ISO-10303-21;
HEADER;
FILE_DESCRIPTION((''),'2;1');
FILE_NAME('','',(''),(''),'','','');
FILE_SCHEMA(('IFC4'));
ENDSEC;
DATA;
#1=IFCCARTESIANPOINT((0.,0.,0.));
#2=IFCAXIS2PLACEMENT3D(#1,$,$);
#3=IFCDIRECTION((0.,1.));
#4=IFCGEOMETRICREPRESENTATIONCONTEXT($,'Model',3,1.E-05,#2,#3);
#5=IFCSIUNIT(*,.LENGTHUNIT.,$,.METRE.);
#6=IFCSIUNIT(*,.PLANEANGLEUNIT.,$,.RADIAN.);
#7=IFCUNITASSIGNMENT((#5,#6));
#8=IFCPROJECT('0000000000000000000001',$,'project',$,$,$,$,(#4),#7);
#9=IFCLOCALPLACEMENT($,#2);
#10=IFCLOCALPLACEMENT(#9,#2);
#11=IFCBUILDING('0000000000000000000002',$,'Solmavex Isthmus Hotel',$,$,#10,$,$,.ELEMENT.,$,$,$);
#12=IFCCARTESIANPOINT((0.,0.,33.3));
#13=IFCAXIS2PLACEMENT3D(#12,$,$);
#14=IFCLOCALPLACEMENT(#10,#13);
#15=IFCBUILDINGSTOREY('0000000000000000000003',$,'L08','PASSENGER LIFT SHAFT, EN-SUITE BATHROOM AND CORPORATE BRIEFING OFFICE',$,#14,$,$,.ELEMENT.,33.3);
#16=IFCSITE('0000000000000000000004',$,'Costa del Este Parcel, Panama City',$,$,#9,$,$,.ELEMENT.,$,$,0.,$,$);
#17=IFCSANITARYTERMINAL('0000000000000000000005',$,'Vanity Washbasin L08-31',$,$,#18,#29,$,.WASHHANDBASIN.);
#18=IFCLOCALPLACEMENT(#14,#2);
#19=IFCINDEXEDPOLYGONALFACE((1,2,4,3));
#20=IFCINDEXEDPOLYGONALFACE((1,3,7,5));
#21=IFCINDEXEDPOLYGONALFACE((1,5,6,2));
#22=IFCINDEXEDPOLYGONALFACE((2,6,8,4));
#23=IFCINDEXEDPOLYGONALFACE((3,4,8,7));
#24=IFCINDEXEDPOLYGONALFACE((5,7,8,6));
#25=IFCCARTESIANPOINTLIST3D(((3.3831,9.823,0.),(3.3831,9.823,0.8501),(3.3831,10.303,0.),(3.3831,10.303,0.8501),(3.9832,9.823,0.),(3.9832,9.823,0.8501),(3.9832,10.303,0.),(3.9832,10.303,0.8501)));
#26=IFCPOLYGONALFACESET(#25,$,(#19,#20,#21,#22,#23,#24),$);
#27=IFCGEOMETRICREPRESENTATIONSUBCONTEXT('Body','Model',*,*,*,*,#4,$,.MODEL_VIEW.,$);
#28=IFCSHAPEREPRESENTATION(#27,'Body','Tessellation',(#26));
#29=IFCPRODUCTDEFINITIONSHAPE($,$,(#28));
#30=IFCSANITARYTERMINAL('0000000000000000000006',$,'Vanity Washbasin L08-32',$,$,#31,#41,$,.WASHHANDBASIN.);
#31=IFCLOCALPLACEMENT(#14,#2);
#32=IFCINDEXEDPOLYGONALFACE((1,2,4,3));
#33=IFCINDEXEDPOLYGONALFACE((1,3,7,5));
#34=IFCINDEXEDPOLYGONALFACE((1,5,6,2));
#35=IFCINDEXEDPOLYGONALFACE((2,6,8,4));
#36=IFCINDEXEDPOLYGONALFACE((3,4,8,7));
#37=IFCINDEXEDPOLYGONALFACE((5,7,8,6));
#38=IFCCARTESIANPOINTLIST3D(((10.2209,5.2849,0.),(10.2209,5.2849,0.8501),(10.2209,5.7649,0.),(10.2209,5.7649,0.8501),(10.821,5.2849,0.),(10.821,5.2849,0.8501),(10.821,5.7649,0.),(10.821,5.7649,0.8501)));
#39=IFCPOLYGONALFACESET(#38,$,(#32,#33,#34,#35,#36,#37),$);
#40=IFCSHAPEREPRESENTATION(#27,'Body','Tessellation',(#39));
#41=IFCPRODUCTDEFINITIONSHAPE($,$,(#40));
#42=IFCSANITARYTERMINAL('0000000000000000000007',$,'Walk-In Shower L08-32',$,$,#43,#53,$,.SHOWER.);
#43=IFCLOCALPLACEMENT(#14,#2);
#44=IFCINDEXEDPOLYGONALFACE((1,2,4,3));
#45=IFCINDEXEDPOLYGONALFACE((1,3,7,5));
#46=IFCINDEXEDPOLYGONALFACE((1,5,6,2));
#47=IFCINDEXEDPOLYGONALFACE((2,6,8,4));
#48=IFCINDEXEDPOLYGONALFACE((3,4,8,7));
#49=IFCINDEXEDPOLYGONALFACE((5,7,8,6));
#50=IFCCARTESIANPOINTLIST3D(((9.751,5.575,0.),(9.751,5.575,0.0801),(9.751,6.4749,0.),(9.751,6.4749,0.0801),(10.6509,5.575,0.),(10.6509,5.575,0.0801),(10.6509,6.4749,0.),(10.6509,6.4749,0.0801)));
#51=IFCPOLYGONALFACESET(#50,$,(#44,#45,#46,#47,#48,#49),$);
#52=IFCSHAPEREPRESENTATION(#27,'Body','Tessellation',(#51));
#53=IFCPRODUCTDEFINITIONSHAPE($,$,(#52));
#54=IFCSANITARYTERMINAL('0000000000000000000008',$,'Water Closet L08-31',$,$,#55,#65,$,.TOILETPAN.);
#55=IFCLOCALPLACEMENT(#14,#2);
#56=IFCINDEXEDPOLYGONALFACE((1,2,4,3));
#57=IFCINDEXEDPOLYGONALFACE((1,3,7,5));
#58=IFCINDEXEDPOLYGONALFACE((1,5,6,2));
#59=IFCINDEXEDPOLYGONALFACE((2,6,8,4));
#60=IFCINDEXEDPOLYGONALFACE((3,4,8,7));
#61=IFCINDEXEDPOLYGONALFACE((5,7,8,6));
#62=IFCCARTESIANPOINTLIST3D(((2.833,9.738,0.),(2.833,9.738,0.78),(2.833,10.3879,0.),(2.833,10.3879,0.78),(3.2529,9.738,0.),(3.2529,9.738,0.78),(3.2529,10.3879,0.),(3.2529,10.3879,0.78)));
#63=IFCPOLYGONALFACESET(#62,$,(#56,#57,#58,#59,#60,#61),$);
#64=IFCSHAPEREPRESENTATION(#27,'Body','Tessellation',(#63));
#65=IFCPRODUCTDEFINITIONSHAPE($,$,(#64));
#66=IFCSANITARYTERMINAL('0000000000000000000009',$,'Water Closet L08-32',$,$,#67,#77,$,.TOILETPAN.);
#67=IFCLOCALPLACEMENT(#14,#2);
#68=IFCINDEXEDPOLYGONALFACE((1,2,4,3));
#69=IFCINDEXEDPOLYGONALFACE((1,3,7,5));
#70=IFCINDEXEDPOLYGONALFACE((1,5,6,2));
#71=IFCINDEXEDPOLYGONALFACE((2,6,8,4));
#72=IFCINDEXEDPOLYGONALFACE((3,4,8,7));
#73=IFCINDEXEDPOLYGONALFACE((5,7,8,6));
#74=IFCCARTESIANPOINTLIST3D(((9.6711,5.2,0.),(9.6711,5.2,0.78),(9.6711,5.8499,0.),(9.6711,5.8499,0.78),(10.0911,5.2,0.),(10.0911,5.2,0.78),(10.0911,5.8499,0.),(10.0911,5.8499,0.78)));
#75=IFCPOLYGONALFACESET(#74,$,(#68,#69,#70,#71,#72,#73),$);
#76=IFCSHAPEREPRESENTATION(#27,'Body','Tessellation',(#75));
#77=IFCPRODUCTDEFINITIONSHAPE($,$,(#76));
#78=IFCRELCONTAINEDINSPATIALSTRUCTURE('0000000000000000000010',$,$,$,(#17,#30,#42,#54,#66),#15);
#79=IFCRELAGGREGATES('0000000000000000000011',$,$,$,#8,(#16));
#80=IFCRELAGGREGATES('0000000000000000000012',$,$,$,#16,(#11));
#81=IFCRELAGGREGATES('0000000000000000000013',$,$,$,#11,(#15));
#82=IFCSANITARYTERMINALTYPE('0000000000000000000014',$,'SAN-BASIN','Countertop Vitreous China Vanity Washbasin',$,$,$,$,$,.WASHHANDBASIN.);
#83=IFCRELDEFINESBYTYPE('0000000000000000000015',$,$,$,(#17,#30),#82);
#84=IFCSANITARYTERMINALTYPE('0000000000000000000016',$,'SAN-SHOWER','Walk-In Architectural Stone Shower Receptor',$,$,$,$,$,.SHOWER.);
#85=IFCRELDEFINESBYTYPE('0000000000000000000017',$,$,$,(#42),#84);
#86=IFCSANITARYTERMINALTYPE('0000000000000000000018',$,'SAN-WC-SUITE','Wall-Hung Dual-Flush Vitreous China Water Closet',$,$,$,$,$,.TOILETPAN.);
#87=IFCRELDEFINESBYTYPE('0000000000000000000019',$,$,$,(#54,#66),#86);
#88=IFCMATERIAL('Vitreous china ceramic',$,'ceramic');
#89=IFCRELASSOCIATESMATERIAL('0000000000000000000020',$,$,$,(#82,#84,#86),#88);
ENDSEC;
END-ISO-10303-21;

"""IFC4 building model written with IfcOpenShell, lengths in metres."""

from ifc_helpers import new_model, si_unit, direction, frame, origin, origin_2d, place, context, subcontext, project, spatial, rectangle, extrude, material, type_object, element, save


model = new_model("IFC4")

# Units and contexts
model_context = context("Model", 3, precision=1e-05, world=origin(), true_north=direction((0.0, 1.0)))
body_context = subcontext(model_context, "Body", "Model", "MODEL_VIEW")
ifc_project = project(units=[si_unit("LENGTHUNIT", "METRE"), si_unit("PLANEANGLEUNIT", "RADIAN")], contexts=[model_context])

# Site, building, storey
site_placement = place(None, origin())
site = spatial("IfcSite", under=ifc_project, at=site_placement, Name="Costa del Este Parcel, Panama City", CompositionType="ELEMENT", RefElevation=0.0)
building_placement = place(site_placement, origin())
building = spatial("IfcBuilding", under=site, at=building_placement, Name="Solmavex Isthmus Hotel", CompositionType="ELEMENT")
storey_placement = place(building_placement, frame((0.0, 0.0, 33.3)))
storey = spatial("IfcBuildingStorey", under=building, at=storey_placement, Name="L08", Description="PASSENGER LIFT SHAFT, EN-SUITE BATHROOM AND CORPORATE BRIEFING OFFICE", CompositionType="ELEMENT", Elevation=33.3)

# Sanitary terminals
ifc_material_1 = material(Name="Vitreous china ceramic", Category="ceramic")
sanitary_terminal_type_1 = type_object("IfcSanitaryTerminalType", Name="SAN-BASIN", Description="Countertop Vitreous China Vanity Washbasin", PredefinedType="WASHHANDBASIN", material=ifc_material_1)
for number, where, z_axis, x_axis, name in (
    (1, (3.6831, 10.063, 0.0), (0.0, 0.0, 1.0), (1.0, 0.0, 0.0), "Vanity Washbasin L08-31"),
    (2, (10.521, 5.5249, 0.0), (0.0, 0.0, 1.0), (1.0, 0.0, 0.0), "Vanity Washbasin L08-32"),
):
    element("IfcSanitaryTerminal", number, at=place(storey_placement, frame(where, z_axis=z_axis, x_axis=x_axis)), inside=storey, type_object=sanitary_terminal_type_1, Name=name, PredefinedType="WASHHANDBASIN", context=body_context, shape_type="SweptSolid", body=[
        extrude(rectangle(XDim=0.6001, YDim=0.48, at=origin_2d()), origin(), (0.0, 0.0, 1.0), 0.8501),
    ])
sanitary_terminal_type_2 = type_object("IfcSanitaryTerminalType", Name="SAN-SHOWER", Description="Walk-In Architectural Stone Shower Receptor", PredefinedType="SHOWER", material=ifc_material_1)
sanitary_terminal_placement = place(storey_placement, frame((10.2009, 6.0249, 0.0), z_axis=(0.0, 0.0, 1.0), x_axis=(1.0, 0.0, 0.0)))
element("IfcSanitaryTerminal", 3, at=sanitary_terminal_placement, inside=storey, type_object=sanitary_terminal_type_2, Name="Walk-In Shower L08-32", PredefinedType="SHOWER", context=body_context, shape_type="SweptSolid", body=[
    extrude(rectangle(XDim=0.8999, YDim=0.8999, at=origin_2d()), origin(), (0.0, 0.0, 1.0), 0.0801),
])
sanitary_terminal_type_3 = type_object("IfcSanitaryTerminalType", Name="SAN-WC-SUITE", Description="Wall-Hung Dual-Flush Vitreous China Water Closet", PredefinedType="TOILETPAN", material=ifc_material_1)
for number, where, z_axis, x_axis, name in (
    (4, (3.043, 10.063, 0.0), (0.0, 0.0, 1.0), (1.0, 0.0, 0.0), "Water Closet L08-31"),
    (5, (9.8811, 5.5249, 0.0), (0.0, 0.0, 1.0), (1.0, 0.0, 0.0), "Water Closet L08-32"),
):
    element("IfcSanitaryTerminal", number, at=place(storey_placement, frame(where, z_axis=z_axis, x_axis=x_axis)), inside=storey, type_object=sanitary_terminal_type_3, Name=name, PredefinedType="TOILETPAN", context=body_context, shape_type="SweptSolid", body=[
        extrude(rectangle(XDim=0.4199, YDim=0.6499, at=origin_2d()), origin(), (0.0, 0.0, 1.0), 0.78),
    ])

save(model, "model.ifc")
